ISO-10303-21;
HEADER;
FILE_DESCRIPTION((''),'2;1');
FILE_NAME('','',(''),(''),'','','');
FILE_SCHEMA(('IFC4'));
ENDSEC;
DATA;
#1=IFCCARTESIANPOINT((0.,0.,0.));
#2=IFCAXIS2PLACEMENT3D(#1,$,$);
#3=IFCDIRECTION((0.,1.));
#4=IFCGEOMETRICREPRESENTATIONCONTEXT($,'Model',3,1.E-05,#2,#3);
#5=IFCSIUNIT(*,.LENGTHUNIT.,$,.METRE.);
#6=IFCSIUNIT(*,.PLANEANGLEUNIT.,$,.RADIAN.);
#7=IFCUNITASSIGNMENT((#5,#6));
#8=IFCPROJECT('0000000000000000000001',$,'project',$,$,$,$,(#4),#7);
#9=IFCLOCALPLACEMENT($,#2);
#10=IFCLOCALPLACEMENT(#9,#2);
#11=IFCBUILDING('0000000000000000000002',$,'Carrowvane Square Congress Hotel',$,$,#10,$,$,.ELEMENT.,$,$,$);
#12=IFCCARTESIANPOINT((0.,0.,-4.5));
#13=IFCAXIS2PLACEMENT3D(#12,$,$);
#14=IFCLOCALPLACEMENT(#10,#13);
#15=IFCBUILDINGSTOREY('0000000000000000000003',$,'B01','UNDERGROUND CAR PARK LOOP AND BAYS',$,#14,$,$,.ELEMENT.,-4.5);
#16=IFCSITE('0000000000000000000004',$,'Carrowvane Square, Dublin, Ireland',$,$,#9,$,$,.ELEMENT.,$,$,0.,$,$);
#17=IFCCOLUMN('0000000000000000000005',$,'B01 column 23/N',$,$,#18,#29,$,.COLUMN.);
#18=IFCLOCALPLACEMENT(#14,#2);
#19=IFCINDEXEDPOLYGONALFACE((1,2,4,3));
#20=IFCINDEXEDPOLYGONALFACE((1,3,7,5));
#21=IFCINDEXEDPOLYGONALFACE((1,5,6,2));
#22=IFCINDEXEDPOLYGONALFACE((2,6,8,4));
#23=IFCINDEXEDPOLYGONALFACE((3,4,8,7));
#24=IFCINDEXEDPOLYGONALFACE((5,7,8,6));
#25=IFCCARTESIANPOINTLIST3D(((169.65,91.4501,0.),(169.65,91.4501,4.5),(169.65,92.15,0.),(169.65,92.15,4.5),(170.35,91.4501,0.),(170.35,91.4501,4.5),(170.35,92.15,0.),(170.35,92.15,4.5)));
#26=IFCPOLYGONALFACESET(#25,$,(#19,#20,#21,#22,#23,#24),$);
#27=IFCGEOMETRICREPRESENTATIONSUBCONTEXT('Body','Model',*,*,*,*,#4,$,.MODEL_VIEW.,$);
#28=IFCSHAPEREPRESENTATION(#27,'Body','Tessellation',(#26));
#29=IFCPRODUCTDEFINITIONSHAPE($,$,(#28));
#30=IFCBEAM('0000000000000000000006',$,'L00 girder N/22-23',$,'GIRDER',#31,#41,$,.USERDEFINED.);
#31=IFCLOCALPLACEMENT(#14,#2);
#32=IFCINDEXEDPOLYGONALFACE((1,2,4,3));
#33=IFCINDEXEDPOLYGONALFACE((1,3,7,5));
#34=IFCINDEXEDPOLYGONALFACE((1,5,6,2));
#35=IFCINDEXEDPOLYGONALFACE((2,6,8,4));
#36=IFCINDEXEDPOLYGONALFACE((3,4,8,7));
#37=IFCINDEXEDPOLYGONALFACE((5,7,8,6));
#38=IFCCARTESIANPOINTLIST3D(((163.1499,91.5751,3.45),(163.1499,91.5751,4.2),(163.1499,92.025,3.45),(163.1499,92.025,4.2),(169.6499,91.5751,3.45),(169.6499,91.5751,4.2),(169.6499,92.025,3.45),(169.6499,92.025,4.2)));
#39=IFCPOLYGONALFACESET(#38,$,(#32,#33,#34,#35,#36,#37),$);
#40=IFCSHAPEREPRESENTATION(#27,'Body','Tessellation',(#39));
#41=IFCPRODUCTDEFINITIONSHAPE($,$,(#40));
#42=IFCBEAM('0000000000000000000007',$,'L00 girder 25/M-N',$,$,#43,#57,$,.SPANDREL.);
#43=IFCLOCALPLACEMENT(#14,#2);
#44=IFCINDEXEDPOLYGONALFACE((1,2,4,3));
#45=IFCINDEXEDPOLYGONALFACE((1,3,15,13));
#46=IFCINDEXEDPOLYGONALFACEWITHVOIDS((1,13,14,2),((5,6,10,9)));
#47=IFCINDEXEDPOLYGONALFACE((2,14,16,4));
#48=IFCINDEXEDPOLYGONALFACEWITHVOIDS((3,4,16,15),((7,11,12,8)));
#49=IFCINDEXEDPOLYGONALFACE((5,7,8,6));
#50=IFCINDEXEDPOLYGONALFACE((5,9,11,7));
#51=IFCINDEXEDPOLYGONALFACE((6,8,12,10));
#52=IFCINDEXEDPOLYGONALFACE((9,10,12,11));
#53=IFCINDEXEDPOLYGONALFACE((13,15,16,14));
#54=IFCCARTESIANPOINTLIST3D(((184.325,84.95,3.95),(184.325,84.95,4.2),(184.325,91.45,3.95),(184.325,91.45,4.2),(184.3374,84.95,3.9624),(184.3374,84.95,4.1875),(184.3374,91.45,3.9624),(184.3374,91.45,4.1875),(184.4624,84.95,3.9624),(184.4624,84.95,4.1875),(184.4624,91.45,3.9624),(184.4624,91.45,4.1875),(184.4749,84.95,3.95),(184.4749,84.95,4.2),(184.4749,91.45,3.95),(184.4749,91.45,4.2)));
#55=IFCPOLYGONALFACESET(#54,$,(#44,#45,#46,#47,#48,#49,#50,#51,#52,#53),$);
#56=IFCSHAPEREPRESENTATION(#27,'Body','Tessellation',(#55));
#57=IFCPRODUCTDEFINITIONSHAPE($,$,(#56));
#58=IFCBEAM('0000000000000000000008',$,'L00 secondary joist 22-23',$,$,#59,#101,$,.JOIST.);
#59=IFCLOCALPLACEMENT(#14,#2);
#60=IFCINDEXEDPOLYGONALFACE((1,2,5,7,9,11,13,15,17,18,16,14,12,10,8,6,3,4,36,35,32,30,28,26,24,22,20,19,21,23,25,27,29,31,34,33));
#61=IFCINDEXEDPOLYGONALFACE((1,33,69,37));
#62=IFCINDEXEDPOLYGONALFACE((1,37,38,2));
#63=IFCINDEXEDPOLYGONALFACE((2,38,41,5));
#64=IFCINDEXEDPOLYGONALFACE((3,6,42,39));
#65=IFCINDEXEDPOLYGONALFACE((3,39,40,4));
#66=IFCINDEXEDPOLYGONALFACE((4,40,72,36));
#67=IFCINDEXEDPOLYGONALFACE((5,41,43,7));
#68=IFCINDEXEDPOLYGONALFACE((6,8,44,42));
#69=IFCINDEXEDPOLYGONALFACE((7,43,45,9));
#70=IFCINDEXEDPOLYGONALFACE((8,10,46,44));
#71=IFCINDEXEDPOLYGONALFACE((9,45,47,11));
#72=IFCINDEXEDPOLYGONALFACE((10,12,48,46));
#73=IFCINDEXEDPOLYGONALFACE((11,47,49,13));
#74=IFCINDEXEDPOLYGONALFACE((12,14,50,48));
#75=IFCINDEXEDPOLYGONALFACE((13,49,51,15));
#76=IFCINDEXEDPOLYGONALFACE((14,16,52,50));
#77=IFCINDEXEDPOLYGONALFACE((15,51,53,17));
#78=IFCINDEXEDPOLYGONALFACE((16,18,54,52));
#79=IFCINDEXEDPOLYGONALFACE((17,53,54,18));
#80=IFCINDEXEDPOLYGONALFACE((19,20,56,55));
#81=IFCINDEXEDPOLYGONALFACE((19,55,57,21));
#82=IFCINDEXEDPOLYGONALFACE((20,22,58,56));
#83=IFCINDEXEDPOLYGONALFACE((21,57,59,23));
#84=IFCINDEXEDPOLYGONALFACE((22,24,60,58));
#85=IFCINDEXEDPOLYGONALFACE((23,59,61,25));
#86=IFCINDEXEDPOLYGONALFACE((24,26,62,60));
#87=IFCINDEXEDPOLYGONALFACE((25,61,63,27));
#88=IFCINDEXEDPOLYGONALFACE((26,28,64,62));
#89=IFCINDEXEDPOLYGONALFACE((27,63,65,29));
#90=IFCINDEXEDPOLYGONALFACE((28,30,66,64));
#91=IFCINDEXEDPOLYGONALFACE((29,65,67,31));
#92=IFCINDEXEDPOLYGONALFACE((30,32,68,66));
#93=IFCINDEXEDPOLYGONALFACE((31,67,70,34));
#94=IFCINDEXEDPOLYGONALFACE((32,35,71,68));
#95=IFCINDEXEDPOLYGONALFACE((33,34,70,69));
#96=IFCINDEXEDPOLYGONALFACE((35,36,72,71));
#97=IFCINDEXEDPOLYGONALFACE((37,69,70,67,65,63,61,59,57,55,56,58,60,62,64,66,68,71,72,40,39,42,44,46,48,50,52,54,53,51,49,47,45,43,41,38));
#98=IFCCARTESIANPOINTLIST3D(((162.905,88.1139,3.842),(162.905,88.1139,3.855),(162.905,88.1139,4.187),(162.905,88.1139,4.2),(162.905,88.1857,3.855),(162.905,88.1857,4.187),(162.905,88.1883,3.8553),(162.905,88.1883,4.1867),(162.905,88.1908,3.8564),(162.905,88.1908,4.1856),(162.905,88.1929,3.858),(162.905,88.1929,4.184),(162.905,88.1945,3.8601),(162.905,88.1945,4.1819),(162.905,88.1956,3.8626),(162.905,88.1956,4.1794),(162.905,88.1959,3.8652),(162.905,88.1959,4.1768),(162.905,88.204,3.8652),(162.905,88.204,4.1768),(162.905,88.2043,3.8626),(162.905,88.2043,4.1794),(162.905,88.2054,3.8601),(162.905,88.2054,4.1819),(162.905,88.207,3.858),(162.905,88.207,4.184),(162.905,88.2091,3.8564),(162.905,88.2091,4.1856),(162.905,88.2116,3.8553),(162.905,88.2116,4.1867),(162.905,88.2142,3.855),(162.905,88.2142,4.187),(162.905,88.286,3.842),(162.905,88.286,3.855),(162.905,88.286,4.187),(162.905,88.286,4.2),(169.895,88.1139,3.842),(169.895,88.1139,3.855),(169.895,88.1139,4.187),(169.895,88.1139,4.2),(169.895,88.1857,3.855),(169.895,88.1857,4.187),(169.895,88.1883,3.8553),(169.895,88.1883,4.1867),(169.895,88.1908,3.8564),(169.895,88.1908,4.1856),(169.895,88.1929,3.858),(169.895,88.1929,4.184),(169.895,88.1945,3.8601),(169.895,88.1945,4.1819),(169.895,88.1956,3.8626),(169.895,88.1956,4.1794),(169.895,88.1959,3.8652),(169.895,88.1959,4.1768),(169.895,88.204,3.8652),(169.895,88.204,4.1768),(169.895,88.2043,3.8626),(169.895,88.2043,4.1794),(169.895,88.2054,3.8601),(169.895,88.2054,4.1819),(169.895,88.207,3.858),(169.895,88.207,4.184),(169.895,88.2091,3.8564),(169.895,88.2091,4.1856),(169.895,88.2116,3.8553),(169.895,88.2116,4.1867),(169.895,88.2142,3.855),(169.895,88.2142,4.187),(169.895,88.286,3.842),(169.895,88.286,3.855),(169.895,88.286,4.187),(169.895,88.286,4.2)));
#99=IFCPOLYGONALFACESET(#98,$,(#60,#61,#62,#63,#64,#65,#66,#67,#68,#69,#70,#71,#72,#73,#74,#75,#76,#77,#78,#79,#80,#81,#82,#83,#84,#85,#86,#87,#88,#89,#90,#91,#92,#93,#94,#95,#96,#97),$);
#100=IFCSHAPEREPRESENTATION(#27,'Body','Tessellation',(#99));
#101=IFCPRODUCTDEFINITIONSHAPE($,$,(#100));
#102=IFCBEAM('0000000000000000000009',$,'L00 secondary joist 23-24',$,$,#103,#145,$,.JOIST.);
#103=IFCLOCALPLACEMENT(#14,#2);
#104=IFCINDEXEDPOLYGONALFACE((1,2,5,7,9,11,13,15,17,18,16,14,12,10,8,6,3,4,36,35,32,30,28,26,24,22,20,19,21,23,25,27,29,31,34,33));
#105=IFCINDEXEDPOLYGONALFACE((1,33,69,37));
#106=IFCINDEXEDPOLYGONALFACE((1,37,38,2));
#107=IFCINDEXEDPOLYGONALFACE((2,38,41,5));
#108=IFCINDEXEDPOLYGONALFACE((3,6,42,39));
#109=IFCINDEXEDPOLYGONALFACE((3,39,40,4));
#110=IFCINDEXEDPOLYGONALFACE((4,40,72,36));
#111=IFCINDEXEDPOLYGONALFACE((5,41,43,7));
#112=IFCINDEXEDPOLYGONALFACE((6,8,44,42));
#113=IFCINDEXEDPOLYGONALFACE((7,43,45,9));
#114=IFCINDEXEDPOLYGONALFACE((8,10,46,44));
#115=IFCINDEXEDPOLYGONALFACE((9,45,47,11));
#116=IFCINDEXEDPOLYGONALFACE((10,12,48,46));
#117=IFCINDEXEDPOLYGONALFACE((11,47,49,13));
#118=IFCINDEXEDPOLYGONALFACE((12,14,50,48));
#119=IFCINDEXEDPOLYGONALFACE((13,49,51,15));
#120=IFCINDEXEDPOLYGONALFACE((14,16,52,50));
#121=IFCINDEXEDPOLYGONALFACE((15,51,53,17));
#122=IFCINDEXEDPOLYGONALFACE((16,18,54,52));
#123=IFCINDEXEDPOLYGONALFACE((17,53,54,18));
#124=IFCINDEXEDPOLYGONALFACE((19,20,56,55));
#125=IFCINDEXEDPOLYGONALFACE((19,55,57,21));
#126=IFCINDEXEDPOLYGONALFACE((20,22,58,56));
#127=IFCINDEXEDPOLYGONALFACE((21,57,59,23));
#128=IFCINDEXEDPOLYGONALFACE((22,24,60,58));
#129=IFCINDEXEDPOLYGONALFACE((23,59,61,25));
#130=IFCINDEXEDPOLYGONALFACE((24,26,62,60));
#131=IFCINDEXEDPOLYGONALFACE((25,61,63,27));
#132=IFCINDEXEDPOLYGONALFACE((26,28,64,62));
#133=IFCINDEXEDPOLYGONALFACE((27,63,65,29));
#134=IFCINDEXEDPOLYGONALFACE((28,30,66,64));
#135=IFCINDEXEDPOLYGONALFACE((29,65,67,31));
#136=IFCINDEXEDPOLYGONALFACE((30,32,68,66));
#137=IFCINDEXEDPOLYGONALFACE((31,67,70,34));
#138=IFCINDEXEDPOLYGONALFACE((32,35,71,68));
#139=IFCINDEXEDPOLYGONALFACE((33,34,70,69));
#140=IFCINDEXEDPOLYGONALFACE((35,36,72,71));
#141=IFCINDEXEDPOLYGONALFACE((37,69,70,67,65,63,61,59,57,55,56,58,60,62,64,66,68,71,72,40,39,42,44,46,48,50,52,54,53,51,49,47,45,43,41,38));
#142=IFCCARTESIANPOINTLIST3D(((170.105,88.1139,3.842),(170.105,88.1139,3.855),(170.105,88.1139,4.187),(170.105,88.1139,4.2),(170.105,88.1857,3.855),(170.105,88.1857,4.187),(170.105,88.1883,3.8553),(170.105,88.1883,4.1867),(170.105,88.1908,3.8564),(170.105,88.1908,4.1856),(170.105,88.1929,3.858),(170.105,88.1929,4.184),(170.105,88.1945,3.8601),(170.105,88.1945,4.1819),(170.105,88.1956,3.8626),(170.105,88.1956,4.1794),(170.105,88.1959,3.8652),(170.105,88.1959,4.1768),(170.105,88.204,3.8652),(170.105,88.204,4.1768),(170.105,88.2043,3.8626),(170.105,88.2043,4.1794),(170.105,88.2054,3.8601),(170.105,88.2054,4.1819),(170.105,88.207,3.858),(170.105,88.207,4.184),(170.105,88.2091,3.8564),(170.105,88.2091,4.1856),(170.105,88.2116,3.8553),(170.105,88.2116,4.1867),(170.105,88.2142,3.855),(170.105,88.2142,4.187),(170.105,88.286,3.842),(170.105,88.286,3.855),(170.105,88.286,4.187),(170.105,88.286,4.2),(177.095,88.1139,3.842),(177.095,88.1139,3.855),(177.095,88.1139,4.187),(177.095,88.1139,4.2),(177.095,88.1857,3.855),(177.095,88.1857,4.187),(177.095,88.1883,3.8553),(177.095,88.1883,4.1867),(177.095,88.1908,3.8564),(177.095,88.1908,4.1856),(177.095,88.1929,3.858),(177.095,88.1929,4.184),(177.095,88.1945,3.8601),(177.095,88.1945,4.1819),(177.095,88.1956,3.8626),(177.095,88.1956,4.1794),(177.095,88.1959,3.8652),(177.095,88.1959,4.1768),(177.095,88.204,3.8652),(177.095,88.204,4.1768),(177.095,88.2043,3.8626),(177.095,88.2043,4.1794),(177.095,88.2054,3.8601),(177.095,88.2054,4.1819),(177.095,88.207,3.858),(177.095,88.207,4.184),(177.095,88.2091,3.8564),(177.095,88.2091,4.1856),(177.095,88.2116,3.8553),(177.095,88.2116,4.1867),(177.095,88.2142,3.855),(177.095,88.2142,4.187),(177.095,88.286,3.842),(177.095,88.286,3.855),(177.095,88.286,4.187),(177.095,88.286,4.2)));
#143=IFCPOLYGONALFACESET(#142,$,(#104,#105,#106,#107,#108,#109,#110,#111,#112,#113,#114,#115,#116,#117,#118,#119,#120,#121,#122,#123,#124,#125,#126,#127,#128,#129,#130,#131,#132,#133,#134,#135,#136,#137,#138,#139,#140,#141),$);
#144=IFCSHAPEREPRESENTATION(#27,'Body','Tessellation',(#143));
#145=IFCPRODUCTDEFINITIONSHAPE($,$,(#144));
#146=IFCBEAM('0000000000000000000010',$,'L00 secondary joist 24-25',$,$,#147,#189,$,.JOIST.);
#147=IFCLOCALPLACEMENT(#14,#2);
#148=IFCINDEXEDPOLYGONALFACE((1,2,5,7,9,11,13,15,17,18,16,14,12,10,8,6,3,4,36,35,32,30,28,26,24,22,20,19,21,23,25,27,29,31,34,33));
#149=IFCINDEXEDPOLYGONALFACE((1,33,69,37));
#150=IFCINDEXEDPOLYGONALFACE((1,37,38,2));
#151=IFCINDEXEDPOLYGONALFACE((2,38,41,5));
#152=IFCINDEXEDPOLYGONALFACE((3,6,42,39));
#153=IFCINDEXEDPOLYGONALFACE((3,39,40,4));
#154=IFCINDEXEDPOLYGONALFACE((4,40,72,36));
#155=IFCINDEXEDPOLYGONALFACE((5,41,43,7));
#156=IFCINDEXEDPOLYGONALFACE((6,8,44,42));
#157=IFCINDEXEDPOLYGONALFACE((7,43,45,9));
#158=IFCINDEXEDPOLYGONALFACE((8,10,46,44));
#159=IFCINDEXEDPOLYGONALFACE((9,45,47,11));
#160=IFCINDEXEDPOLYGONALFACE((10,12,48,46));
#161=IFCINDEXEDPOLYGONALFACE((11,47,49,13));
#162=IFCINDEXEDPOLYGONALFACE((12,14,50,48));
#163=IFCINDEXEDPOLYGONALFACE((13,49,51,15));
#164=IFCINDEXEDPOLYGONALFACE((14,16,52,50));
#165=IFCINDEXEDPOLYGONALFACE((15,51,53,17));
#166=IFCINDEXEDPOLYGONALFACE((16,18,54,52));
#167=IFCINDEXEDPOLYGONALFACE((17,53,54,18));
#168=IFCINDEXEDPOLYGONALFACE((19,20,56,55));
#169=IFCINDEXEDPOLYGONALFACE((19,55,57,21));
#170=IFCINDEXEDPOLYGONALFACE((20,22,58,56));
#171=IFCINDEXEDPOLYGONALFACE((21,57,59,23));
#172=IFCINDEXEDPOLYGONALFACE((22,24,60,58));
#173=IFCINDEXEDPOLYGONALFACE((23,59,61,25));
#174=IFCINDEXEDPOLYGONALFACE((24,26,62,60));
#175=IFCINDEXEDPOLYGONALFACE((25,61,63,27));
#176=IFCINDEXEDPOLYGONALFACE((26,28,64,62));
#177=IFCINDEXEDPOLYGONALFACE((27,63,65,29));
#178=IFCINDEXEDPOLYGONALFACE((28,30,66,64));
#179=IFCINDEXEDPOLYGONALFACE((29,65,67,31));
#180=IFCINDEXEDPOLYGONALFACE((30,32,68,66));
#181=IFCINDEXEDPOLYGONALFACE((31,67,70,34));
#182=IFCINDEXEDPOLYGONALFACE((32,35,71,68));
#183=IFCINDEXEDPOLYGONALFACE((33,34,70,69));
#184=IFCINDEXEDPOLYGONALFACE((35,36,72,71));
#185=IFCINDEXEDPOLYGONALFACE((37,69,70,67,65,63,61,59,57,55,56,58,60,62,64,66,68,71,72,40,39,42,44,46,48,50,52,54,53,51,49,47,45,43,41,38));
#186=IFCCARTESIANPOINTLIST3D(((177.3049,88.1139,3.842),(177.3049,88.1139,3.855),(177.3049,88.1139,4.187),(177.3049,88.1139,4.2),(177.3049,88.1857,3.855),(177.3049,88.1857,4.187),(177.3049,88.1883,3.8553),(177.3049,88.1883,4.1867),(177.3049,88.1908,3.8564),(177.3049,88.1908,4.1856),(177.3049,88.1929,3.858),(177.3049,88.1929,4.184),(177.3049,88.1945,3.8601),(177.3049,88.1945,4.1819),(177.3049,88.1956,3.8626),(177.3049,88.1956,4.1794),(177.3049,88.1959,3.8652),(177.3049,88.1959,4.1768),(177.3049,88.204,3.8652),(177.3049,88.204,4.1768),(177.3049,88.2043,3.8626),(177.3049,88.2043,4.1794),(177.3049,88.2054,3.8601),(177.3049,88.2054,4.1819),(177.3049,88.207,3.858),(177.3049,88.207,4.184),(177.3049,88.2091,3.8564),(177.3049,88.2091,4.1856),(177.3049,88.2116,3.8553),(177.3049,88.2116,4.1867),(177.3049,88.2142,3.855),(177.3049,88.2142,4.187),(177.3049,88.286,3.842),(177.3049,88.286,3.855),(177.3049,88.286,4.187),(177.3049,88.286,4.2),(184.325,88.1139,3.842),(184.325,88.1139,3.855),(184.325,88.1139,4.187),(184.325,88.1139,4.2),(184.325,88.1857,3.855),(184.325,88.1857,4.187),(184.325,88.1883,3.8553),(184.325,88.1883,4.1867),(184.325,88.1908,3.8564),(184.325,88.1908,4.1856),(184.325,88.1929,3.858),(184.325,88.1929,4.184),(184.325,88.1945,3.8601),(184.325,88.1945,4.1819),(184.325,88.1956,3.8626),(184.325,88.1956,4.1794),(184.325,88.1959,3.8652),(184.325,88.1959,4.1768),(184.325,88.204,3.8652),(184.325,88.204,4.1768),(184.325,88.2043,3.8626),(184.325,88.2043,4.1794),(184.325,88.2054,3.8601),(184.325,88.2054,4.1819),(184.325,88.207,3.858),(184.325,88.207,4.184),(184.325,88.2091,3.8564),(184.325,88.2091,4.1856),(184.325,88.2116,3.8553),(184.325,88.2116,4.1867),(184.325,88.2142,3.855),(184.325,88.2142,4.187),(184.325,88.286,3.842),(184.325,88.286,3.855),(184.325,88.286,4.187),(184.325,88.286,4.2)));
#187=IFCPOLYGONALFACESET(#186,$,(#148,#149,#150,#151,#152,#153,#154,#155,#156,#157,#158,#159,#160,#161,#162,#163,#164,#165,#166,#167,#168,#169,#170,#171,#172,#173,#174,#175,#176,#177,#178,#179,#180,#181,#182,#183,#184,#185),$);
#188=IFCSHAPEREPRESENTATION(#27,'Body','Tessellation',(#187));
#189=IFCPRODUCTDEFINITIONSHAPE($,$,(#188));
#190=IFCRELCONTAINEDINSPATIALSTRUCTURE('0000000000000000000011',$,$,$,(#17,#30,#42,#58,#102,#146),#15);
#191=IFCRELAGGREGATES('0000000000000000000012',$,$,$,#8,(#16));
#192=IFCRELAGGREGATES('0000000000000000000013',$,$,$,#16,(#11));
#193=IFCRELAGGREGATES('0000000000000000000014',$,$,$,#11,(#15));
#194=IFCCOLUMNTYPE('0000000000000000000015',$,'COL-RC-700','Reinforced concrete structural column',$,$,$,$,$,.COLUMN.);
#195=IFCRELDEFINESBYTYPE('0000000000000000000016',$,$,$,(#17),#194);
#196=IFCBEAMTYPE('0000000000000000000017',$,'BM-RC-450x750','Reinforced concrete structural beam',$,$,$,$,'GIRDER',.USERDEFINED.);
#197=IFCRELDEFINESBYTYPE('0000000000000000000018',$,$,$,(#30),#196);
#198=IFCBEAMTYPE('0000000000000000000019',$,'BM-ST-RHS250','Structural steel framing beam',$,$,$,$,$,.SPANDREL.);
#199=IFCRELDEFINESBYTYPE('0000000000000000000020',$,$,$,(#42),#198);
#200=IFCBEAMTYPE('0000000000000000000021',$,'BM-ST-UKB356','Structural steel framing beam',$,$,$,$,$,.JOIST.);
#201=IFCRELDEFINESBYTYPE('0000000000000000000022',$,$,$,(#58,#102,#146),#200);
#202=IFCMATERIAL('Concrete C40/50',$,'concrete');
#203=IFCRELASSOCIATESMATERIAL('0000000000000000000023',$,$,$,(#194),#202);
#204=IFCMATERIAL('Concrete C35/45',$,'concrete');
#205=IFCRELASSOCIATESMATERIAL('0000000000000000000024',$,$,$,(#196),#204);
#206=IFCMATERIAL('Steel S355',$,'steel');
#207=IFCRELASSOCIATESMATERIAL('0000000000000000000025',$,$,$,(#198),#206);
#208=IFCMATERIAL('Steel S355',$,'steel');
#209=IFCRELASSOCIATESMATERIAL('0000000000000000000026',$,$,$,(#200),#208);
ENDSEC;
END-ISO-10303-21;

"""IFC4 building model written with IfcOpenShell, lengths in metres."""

from ifc_helpers import new_model, si_unit, direction, frame, origin, origin_2d, place, context, subcontext, project, spatial, rectangle, hollow_rectangle, i_section, extrude, material, material_profile, profile_set, type_object, element, save


model = new_model("IFC4")

# Units and contexts
model_context = context("Model", 3, precision=1e-05, world=origin(), true_north=direction((0.0, 1.0)))
body_context = subcontext(model_context, "Body", "Model", "MODEL_VIEW")
ifc_project = project(units=[si_unit("LENGTHUNIT", "METRE"), si_unit("PLANEANGLEUNIT", "RADIAN")], contexts=[model_context])

# Site, building, storey
site_placement = place(None, origin())
site = spatial("IfcSite", under=ifc_project, at=site_placement, Name="Carrowvane Square, Dublin, Ireland", CompositionType="ELEMENT", RefElevation=0.0)
building_placement = place(site_placement, origin())
building = spatial("IfcBuilding", under=site, at=building_placement, Name="Carrowvane Square Congress Hotel", CompositionType="ELEMENT")
storey_placement = place(building_placement, frame((0.0, 0.0, -4.5)))
storey = spatial("IfcBuildingStorey", under=building, at=storey_placement, Name="B01", Description="UNDERGROUND CAR PARK LOOP AND BAYS", CompositionType="ELEMENT", Elevation=-4.5)

# Column
ifc_material_1 = material(Name="Concrete C40/50", Category="concrete")
ifc_material_profile_1 = material_profile(ifc_material_1, rectangle(XDim=0.7, YDim=0.7, at=origin_2d()), Name="RC 700x700")
ifc_profile_set_1 = profile_set([ifc_material_profile_1], Name="Concrete C40/50")
column_type = type_object("IfcColumnType", Name="COL-RC-700", Description="Reinforced concrete structural column", PredefinedType="COLUMN", material=ifc_profile_set_1)
column_placement = place(storey_placement, frame((170.0, 91.8, 0.0), z_axis=(0.0, 0.0, 1.0), x_axis=(1.0, 0.0, 0.0)))
element("IfcColumn", 1, at=column_placement, inside=storey, type_object=column_type, Name="B01 column 23/N", PredefinedType="COLUMN", context=body_context, shape_type="SweptSolid", body=[
    extrude(rectangle(XDim=0.7, YDim=0.7, at=origin_2d()), origin(), (0.0, 0.0, 1.0), 4.5),
])

# Beams
ifc_material_2 = material(Name="Concrete C35/45", Category="concrete")
ifc_material_profile_2 = material_profile(ifc_material_2, rectangle(XDim=0.45, YDim=0.75, at=origin_2d()), Name="RC 450x750")
ifc_profile_set_2 = profile_set([ifc_material_profile_2], Name="Concrete C35/45")
beam_type_1 = type_object("IfcBeamType", Name="BM-RC-450x750", Description="Reinforced concrete structural beam", ElementType="GIRDER", PredefinedType="USERDEFINED", material=ifc_profile_set_2)
beam_1_placement = place(storey_placement, frame((163.1499, 91.8, 3.825), z_axis=(1.0, 0.0, 0.0), x_axis=(0.0, 1.0, 0.0)))
element("IfcBeam", 2, at=beam_1_placement, inside=storey, type_object=beam_type_1, Name="L00 girder N/22-23", ObjectType="GIRDER", PredefinedType="USERDEFINED", context=body_context, shape_type="SweptSolid", body=[
    extrude(rectangle(XDim=0.45, YDim=0.75, at=origin_2d()), origin(), (0.0, 0.0, 1.0), 6.5),
])
ifc_material_3 = material(Name="Steel S355", Category="steel")
ifc_material_profile_3 = material_profile(ifc_material_3, hollow_rectangle(XDim=0.1499, YDim=0.25, WallThickness=0.0125, at=origin_2d()), Name="RHS 250x150x12.5")
ifc_profile_set_3 = profile_set([ifc_material_profile_3], Name="Steel S355")
beam_type_2 = type_object("IfcBeamType", Name="BM-ST-RHS250", Description="Structural steel framing beam", PredefinedType="SPANDREL", material=ifc_profile_set_3)
beam_2_placement = place(storey_placement, frame((184.3999, 84.95, 4.075), z_axis=(0.0, 1.0, 0.0), x_axis=(-1.0, 0.0, 0.0)))
element("IfcBeam", 3, at=beam_2_placement, inside=storey, type_object=beam_type_2, Name="L00 girder 25/M-N", PredefinedType="SPANDREL", context=body_context, shape_type="SweptSolid", body=[
    extrude(hollow_rectangle(XDim=0.1499, YDim=0.25, WallThickness=0.0125, at=origin_2d()), origin(), (0.0, 0.0, 1.0), 6.5),
])
ifc_material_4 = material(Name="Steel S355", Category="steel")
ifc_material_profile_4 = material_profile(ifc_material_4, i_section(OverallWidth=0.1721, OverallDepth=0.3579, WebThickness=0.0081, FlangeThickness=0.0129, FilletRadius=0.0103, at=origin_2d()), Name="UKB 356x171x57")
ifc_profile_set_4 = profile_set([ifc_material_profile_4], Name="Steel S355")
beam_type_3 = type_object("IfcBeamType", Name="BM-ST-UKB356", Description="Structural steel framing beam", PredefinedType="JOIST", material=ifc_profile_set_4)
for number, where, z_axis, x_axis, name in (
    (4, (162.905, 88.2, 4.021), (1.0, 0.0, 0.0), (0.0, 1.0, 0.0), "L00 secondary joist 22-23"),
    (5, (170.105, 88.2, 4.021), (1.0, 0.0, 0.0), (0.0, 1.0, 0.0), "L00 secondary joist 23-24"),
):
    element("IfcBeam", number, at=place(storey_placement, frame(where, z_axis=z_axis, x_axis=x_axis)), inside=storey, type_object=beam_type_3, Name=name, PredefinedType="JOIST", context=body_context, shape_type="SweptSolid", body=[
        extrude(i_section(OverallWidth=0.1721, OverallDepth=0.3579, WebThickness=0.0081, FlangeThickness=0.0129, FilletRadius=0.0103, at=origin_2d()), origin(), (0.0, 0.0, 1.0), 6.99),
    ])
beam_3_placement = place(storey_placement, frame((177.3049, 88.2, 4.021), z_axis=(1.0, 0.0, 0.0), x_axis=(0.0, 1.0, 0.0)))
element("IfcBeam", 6, at=beam_3_placement, inside=storey, type_object=beam_type_3, Name="L00 secondary joist 24-25", PredefinedType="JOIST", context=body_context, shape_type="SweptSolid", body=[
    extrude(i_section(OverallWidth=0.1721, OverallDepth=0.3579, WebThickness=0.0081, FlangeThickness=0.0129, FilletRadius=0.0103, at=origin_2d()), origin(), (0.0, 0.0, 1.0), 7.02),
])

save(model, "model.ifc")
